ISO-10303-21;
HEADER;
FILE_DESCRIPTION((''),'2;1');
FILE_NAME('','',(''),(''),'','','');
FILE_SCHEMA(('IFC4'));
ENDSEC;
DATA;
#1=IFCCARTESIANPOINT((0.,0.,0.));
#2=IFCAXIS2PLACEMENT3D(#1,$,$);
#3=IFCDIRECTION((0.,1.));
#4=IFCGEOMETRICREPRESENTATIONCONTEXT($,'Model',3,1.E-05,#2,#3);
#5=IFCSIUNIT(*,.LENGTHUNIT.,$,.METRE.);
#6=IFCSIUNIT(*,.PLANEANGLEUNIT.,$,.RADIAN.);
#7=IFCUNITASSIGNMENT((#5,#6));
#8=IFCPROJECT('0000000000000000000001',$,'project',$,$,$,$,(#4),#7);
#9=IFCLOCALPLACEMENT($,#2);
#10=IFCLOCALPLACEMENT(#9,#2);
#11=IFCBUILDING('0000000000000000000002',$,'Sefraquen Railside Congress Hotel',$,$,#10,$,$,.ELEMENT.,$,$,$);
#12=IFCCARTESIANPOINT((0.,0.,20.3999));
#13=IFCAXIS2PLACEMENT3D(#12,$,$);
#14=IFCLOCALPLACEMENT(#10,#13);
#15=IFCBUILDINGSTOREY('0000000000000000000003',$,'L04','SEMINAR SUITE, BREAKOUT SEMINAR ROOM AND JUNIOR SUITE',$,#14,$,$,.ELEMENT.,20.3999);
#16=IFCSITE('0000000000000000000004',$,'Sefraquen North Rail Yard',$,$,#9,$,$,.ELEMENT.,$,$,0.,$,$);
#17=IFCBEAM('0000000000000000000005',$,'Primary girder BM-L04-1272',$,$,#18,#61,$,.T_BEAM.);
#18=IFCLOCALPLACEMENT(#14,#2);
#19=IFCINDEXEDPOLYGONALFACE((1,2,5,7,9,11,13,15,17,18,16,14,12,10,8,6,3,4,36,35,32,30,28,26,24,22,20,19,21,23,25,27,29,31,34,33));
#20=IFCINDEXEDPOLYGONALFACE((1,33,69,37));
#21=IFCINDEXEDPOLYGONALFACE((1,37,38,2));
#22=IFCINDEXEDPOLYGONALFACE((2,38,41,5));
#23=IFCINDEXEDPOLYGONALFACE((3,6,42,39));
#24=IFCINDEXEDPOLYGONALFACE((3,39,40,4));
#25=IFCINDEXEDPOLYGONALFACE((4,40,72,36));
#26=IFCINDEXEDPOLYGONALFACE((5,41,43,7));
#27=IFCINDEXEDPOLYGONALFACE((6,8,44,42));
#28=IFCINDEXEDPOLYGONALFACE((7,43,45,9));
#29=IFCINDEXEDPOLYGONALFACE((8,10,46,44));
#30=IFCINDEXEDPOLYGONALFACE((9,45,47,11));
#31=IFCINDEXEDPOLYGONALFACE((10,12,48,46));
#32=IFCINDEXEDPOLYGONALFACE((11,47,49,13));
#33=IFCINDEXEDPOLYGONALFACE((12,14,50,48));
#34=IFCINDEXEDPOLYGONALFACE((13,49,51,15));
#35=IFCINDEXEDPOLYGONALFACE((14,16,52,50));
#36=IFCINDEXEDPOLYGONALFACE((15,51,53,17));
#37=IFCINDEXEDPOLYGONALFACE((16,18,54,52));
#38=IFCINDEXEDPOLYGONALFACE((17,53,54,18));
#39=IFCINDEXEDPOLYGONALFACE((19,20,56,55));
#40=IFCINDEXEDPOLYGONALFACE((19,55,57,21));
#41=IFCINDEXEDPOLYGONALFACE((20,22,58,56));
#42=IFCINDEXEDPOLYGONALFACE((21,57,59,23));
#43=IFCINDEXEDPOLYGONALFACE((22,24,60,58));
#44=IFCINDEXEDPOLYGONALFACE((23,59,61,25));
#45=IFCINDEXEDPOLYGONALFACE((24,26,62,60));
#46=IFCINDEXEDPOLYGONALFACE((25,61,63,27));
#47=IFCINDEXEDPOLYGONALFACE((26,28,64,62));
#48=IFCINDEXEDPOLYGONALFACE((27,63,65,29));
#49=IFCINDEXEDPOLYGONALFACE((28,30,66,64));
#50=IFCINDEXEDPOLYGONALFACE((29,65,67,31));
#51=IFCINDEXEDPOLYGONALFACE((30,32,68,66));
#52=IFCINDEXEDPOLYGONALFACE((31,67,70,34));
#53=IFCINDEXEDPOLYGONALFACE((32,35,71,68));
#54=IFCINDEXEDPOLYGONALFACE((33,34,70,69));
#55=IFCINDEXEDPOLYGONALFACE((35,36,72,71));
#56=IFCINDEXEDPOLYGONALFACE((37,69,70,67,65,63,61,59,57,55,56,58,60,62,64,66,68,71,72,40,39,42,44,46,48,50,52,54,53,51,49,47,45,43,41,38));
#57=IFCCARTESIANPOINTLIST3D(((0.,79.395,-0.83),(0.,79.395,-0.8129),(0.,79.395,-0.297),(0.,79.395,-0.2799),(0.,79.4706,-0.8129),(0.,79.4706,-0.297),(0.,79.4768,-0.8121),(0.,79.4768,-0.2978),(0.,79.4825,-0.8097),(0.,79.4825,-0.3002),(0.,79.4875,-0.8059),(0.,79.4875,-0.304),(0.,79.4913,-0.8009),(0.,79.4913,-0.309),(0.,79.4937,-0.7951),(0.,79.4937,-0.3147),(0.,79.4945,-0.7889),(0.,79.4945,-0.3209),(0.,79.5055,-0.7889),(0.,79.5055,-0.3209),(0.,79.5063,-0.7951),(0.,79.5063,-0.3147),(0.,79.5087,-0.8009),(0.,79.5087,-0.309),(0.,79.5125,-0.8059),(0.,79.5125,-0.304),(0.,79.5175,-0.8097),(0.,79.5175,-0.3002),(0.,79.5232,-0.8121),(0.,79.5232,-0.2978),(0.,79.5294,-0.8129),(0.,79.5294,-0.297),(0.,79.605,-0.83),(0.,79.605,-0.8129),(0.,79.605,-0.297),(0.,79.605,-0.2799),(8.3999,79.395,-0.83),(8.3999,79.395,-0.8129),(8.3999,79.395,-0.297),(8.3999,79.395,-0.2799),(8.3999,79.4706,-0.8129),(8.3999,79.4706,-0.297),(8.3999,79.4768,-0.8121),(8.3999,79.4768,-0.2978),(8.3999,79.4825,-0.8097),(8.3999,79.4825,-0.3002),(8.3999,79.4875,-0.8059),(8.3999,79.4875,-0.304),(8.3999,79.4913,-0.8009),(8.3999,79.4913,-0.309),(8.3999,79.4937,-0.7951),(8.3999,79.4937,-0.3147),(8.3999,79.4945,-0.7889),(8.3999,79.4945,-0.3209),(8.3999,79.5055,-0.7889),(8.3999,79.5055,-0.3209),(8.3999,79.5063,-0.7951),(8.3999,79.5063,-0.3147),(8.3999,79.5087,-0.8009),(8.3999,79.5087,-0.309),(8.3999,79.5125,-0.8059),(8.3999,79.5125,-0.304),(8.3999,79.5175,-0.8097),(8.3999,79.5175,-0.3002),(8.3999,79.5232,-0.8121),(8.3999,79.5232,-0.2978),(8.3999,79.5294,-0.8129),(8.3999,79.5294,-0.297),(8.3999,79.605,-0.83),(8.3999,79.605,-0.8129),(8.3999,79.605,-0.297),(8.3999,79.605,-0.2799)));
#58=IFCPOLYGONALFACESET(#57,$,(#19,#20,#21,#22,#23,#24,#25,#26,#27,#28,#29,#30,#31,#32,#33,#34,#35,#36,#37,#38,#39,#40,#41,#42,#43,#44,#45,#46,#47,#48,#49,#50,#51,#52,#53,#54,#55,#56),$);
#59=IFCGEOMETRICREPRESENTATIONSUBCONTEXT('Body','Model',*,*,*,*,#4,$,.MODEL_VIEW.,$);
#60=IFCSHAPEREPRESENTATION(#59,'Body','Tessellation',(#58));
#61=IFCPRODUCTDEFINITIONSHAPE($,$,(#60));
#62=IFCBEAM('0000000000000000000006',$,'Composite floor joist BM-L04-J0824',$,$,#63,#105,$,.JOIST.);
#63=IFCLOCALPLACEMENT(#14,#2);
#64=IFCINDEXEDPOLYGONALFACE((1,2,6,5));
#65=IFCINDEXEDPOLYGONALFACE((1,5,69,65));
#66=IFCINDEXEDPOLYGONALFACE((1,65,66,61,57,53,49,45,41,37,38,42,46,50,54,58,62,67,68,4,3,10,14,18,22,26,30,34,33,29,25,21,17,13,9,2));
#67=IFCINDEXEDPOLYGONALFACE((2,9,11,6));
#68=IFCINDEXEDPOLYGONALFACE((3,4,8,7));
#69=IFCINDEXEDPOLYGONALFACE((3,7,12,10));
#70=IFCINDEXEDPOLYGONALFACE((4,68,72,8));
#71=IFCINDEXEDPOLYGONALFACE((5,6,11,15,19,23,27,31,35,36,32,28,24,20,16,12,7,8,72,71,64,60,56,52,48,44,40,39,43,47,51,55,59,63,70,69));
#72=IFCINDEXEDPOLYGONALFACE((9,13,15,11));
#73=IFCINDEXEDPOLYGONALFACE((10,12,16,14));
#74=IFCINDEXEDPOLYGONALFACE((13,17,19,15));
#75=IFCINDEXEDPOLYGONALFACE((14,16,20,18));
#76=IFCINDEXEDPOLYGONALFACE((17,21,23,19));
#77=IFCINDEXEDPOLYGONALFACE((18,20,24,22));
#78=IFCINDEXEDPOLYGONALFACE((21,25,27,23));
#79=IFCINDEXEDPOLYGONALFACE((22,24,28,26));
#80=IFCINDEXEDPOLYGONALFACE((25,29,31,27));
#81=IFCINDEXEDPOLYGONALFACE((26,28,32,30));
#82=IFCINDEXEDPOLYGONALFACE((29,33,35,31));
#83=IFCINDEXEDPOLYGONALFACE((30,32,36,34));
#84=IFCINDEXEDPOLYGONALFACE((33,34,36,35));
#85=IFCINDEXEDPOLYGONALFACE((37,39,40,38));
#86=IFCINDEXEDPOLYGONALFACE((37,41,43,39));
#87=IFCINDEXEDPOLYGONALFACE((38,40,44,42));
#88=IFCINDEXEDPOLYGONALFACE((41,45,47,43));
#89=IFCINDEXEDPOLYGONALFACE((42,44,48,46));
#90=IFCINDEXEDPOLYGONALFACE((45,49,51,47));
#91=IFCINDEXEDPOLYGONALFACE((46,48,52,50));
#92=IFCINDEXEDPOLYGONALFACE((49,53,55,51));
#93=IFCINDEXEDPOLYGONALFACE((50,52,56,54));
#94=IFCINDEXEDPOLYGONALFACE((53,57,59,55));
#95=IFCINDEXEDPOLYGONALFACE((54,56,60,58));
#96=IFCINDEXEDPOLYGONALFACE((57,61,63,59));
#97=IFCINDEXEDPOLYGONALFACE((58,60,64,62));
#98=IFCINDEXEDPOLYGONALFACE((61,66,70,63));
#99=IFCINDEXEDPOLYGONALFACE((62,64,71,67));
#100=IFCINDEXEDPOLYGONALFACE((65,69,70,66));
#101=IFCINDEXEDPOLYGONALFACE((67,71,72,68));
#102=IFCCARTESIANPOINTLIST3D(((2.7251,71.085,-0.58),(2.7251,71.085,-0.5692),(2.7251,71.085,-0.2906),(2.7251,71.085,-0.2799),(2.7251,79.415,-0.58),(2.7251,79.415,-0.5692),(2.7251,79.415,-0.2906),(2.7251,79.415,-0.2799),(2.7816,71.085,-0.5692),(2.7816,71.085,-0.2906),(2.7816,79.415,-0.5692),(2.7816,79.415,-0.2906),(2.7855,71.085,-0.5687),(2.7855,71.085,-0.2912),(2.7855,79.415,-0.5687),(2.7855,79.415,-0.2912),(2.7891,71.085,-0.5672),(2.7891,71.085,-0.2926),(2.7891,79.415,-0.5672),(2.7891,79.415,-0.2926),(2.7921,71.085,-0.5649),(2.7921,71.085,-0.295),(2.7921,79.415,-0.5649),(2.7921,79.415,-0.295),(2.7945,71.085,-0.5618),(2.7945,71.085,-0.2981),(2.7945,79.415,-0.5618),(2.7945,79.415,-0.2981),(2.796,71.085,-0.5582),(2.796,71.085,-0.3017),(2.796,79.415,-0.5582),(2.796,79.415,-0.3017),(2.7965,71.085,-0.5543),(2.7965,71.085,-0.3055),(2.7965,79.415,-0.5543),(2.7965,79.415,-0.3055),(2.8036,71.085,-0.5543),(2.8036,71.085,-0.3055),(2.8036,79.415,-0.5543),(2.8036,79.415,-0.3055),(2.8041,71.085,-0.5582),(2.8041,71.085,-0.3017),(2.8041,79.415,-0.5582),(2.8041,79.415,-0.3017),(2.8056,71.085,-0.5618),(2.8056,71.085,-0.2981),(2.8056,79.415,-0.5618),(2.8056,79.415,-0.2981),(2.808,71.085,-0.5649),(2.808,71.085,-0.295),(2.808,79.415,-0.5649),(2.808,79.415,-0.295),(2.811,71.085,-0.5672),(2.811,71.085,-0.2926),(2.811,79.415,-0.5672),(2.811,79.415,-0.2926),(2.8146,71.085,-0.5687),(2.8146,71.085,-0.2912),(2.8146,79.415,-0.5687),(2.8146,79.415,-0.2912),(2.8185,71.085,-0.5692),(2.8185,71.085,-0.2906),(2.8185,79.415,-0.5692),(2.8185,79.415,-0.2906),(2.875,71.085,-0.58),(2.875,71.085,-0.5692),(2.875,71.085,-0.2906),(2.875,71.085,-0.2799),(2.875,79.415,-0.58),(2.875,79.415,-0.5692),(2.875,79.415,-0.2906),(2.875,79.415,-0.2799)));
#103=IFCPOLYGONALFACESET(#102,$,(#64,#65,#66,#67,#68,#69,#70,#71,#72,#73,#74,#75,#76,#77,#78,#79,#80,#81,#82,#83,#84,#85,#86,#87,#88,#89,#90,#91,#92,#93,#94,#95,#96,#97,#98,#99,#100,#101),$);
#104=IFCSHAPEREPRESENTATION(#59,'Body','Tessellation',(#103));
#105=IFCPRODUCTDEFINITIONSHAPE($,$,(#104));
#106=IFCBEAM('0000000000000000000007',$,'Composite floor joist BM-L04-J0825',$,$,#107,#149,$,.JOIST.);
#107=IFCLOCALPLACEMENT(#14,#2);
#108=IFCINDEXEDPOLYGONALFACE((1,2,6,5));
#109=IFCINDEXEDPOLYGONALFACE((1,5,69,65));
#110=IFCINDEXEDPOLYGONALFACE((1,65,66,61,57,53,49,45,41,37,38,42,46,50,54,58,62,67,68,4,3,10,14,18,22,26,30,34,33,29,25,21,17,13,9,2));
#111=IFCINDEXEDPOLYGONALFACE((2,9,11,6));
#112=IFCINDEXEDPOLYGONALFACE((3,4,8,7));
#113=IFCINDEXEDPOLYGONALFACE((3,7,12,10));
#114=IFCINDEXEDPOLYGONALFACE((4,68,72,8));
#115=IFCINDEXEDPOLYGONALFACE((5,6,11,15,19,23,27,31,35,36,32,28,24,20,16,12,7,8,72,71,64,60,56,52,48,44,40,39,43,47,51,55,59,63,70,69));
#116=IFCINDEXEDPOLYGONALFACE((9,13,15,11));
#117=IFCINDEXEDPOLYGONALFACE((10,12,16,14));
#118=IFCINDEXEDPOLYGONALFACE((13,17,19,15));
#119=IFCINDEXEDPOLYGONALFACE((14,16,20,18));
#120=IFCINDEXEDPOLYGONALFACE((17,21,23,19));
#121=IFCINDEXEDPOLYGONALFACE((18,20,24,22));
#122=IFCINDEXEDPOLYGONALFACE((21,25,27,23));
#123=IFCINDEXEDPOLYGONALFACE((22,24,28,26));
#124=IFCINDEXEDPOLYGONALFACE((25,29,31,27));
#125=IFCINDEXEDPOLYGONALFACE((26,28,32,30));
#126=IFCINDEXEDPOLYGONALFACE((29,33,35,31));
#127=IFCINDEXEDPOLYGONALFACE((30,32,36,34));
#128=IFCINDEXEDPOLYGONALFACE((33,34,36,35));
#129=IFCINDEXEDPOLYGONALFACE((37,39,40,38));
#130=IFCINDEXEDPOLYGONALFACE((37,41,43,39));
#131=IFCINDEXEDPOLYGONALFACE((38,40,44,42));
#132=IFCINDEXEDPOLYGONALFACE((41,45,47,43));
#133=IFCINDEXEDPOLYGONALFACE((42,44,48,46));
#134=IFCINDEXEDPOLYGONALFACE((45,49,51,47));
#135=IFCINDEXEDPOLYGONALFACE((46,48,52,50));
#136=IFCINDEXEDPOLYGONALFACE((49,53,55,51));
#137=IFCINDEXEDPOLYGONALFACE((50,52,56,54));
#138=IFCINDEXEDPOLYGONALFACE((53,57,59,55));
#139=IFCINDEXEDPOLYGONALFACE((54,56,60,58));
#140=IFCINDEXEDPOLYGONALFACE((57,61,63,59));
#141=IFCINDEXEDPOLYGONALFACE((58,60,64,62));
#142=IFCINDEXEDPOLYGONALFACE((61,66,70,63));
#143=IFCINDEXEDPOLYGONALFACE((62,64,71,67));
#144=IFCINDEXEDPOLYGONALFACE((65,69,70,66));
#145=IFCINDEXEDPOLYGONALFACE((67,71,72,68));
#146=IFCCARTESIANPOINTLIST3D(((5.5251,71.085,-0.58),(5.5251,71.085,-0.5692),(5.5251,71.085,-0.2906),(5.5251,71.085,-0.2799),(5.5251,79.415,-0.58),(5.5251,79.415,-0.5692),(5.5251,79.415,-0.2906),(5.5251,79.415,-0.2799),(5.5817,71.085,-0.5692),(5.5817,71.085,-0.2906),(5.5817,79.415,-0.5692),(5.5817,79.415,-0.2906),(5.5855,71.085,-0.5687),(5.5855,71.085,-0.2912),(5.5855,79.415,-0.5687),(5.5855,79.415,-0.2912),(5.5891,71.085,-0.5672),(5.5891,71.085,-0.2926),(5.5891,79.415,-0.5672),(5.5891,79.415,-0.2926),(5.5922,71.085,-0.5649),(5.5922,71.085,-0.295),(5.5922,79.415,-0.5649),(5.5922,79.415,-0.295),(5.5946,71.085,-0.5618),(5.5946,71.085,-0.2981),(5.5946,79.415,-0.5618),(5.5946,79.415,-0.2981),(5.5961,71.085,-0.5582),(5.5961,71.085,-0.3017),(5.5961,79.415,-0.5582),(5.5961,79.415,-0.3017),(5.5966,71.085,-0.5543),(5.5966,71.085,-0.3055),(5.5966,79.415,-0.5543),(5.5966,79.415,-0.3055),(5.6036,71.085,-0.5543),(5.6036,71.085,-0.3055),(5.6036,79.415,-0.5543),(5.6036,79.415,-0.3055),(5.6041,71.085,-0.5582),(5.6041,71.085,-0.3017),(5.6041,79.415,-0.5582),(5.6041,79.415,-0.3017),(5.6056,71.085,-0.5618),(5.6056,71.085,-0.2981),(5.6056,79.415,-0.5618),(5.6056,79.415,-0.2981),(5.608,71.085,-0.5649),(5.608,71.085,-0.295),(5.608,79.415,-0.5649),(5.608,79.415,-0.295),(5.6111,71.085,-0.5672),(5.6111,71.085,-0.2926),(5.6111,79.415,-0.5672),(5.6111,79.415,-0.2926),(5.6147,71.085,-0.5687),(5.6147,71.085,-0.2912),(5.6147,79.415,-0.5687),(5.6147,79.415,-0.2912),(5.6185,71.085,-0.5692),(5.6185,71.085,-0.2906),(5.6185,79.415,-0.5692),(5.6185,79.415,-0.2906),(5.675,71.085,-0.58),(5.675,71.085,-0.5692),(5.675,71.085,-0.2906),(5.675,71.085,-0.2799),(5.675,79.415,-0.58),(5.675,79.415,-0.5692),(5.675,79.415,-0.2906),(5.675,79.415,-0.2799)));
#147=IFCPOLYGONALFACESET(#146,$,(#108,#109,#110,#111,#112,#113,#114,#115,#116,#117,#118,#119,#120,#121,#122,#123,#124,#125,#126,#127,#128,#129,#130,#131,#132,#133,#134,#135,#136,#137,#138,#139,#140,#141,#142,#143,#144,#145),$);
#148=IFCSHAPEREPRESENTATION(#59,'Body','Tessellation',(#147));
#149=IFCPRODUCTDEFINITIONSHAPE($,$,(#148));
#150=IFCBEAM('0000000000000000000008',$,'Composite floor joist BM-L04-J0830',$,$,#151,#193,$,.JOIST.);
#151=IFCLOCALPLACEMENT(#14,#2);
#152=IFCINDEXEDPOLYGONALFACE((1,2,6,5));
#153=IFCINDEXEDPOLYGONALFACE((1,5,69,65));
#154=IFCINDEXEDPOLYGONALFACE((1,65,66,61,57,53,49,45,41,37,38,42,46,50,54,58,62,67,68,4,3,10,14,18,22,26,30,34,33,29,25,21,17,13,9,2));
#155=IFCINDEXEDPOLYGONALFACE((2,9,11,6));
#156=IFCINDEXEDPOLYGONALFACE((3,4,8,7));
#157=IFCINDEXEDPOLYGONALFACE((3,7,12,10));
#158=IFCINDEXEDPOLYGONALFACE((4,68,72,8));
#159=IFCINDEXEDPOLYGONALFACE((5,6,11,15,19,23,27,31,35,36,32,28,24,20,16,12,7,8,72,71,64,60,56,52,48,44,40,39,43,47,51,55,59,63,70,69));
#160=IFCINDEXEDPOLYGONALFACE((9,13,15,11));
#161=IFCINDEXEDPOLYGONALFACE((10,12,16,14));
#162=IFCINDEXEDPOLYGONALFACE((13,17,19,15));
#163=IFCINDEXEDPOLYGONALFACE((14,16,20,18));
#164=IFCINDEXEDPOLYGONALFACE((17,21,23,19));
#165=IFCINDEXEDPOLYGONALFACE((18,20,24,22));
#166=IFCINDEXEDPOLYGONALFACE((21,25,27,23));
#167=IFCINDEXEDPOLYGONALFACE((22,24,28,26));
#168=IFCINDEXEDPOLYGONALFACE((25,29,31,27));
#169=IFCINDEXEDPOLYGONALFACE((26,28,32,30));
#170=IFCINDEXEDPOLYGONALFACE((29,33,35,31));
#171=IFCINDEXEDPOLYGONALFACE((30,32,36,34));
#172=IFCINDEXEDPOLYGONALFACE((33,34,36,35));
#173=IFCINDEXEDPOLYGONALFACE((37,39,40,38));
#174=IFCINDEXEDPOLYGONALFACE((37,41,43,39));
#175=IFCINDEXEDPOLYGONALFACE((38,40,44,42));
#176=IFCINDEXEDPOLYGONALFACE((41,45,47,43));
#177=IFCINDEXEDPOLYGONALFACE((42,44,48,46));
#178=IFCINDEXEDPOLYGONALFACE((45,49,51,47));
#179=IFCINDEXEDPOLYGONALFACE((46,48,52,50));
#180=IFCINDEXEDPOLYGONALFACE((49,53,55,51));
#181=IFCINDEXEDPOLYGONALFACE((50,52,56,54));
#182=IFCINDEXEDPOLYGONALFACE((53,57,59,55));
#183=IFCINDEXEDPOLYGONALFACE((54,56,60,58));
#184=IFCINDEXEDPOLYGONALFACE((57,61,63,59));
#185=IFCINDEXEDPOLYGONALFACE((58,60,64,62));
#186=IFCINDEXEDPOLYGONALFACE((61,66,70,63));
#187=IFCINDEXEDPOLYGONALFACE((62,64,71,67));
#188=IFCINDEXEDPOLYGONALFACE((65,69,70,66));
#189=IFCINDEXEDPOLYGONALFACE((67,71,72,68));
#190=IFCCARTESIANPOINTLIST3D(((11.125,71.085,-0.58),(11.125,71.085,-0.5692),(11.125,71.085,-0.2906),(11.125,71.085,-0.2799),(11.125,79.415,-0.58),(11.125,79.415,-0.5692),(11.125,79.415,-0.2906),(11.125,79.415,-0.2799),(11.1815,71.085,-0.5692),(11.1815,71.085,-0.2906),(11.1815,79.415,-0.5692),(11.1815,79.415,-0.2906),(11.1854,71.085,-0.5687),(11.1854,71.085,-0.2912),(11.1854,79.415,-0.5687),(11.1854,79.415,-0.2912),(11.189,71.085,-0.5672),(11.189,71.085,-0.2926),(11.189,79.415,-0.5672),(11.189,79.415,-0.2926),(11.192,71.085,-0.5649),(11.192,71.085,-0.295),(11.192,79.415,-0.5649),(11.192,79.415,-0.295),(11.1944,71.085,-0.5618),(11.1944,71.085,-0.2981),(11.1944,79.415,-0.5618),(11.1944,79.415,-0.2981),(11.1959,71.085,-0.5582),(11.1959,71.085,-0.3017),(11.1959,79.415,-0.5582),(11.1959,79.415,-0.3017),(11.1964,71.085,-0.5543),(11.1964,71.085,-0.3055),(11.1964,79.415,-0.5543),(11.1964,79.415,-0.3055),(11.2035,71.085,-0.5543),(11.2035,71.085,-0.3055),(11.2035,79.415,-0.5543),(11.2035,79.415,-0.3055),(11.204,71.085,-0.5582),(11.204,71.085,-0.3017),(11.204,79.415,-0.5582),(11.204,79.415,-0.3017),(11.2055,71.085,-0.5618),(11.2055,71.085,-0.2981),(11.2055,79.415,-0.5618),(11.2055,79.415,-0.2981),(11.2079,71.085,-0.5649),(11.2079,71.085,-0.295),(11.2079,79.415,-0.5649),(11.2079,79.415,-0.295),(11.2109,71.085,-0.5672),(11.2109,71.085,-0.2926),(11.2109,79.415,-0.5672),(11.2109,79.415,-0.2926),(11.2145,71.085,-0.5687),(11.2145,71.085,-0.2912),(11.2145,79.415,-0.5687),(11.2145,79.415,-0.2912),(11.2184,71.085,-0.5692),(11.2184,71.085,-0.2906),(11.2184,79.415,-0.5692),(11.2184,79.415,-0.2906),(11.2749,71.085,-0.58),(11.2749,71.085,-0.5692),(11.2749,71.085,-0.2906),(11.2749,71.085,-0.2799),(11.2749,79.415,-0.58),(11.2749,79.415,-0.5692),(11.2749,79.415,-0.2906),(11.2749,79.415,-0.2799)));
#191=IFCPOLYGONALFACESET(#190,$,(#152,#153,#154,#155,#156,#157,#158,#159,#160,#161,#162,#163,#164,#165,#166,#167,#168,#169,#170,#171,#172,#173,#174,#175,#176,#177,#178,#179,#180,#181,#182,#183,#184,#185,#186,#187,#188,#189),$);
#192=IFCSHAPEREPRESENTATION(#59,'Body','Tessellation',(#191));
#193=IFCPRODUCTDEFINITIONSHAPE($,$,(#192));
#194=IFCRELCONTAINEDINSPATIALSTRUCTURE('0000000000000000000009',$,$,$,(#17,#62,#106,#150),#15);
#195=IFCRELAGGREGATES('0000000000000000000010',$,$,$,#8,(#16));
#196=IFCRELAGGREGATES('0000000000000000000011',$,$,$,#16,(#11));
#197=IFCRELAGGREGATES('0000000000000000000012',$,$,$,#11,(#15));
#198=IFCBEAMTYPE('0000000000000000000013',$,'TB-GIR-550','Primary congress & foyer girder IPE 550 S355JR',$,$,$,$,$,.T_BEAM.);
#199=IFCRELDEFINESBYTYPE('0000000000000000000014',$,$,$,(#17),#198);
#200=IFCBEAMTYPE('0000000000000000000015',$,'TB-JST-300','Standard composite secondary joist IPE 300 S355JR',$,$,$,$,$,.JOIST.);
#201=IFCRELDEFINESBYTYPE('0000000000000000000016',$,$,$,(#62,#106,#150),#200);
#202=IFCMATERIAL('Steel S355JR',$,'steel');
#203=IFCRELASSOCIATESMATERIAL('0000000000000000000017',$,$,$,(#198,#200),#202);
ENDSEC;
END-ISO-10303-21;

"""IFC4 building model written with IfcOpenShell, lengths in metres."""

from ifc_helpers import new_model, si_unit, direction, frame, origin, origin_2d, place, context, subcontext, project, spatial, i_section, extrude, material, material_profile, profile_set, type_object, element, save


model = new_model("IFC4")

# Units and contexts
model_context = context("Model", 3, precision=1e-05, world=origin(), true_north=direction((0.0, 1.0)))
body_context = subcontext(model_context, "Body", "Model", "MODEL_VIEW")
ifc_project = project(units=[si_unit("LENGTHUNIT", "METRE"), si_unit("PLANEANGLEUNIT", "RADIAN")], contexts=[model_context])

# Site, building, storey
site_placement = place(None, origin())
site = spatial("IfcSite", under=ifc_project, at=site_placement, Name="Sefraquen North Rail Yard", CompositionType="ELEMENT", RefElevation=0.0)
building_placement = place(site_placement, origin())
building = spatial("IfcBuilding", under=site, at=building_placement, Name="Sefraquen Railside Congress Hotel", CompositionType="ELEMENT")
storey_placement = place(building_placement, frame((0.0, 0.0, 20.3999)))
storey = spatial("IfcBuildingStorey", under=building, at=storey_placement, Name="L04", Description="SEMINAR SUITE, BREAKOUT SEMINAR ROOM AND JUNIOR SUITE", CompositionType="ELEMENT", Elevation=20.3999)

# Shared definitions
ifc_material_1 = material(Name="Steel S355JR", Category="steel")

# Beams
ifc_material_profile_1 = material_profile(ifc_material_1, i_section(OverallWidth=0.21, OverallDepth=0.55, WebThickness=0.011, FlangeThickness=0.0171, FilletRadius=0.0239, at=origin_2d()), Name="IPE 550")
ifc_profile_set_1 = profile_set([ifc_material_profile_1], Name="Steel S355JR")
beam_type_1 = type_object("IfcBeamType", Name="TB-GIR-550", Description="Primary congress & foyer girder IPE 550 S355JR", PredefinedType="T_BEAM", material=ifc_profile_set_1)
beam_1_placement = place(storey_placement, frame((0.0, 79.5, -0.5549), z_axis=(1.0, 0.0, 0.0), x_axis=(0.0, 1.0, 0.0)))
element("IfcBeam", 1, at=beam_1_placement, inside=storey, type_object=beam_type_1, Name="Primary girder BM-L04-1272", PredefinedType="T_BEAM", context=body_context, shape_type="SweptSolid", body=[
    extrude(i_section(OverallWidth=0.21, OverallDepth=0.55, WebThickness=0.011, FlangeThickness=0.0171, FilletRadius=0.0239, at=origin_2d()), origin(), (0.0, 0.0, 1.0), 8.3999),
])
ifc_material_profile_2 = material_profile(ifc_material_1, i_section(OverallWidth=0.1499, OverallDepth=0.3, WebThickness=0.0071, FlangeThickness=0.0107, FilletRadius=0.0149, at=origin_2d()), Name="IPE 300")
ifc_profile_set_2 = profile_set([ifc_material_profile_2], Name="Steel S355JR")
beam_type_2 = type_object("IfcBeamType", Name="TB-JST-300", Description="Standard composite secondary joist IPE 300 S355JR", PredefinedType="JOIST", material=ifc_profile_set_2)
for number, where, z_axis, x_axis, name in (
    (2, (2.8, 71.085, -0.4299), (0.0, 1.0, 0.0), (-1.0, 0.0, 0.0), "Composite floor joist BM-L04-J0824"),
    (3, (5.6001, 71.085, -0.4299), (0.0, 1.0, 0.0), (-1.0, 0.0, 0.0), "Composite floor joist BM-L04-J0825"),
    (4, (11.2, 71.085, -0.4299), (0.0, 1.0, 0.0), (-1.0, 0.0, 0.0), "Composite floor joist BM-L04-J0830"),
):
    element("IfcBeam", number, at=place(storey_placement, frame(where, z_axis=z_axis, x_axis=x_axis)), inside=storey, type_object=beam_type_2, Name=name, PredefinedType="JOIST", context=body_context, shape_type="SweptSolid", body=[
        extrude(i_section(OverallWidth=0.1499, OverallDepth=0.3, WebThickness=0.0071, FlangeThickness=0.0107, FilletRadius=0.0149, at=origin_2d()), origin(), (0.0, 0.0, 1.0), 8.3301),
    ])

save(model, "model.ifc")
